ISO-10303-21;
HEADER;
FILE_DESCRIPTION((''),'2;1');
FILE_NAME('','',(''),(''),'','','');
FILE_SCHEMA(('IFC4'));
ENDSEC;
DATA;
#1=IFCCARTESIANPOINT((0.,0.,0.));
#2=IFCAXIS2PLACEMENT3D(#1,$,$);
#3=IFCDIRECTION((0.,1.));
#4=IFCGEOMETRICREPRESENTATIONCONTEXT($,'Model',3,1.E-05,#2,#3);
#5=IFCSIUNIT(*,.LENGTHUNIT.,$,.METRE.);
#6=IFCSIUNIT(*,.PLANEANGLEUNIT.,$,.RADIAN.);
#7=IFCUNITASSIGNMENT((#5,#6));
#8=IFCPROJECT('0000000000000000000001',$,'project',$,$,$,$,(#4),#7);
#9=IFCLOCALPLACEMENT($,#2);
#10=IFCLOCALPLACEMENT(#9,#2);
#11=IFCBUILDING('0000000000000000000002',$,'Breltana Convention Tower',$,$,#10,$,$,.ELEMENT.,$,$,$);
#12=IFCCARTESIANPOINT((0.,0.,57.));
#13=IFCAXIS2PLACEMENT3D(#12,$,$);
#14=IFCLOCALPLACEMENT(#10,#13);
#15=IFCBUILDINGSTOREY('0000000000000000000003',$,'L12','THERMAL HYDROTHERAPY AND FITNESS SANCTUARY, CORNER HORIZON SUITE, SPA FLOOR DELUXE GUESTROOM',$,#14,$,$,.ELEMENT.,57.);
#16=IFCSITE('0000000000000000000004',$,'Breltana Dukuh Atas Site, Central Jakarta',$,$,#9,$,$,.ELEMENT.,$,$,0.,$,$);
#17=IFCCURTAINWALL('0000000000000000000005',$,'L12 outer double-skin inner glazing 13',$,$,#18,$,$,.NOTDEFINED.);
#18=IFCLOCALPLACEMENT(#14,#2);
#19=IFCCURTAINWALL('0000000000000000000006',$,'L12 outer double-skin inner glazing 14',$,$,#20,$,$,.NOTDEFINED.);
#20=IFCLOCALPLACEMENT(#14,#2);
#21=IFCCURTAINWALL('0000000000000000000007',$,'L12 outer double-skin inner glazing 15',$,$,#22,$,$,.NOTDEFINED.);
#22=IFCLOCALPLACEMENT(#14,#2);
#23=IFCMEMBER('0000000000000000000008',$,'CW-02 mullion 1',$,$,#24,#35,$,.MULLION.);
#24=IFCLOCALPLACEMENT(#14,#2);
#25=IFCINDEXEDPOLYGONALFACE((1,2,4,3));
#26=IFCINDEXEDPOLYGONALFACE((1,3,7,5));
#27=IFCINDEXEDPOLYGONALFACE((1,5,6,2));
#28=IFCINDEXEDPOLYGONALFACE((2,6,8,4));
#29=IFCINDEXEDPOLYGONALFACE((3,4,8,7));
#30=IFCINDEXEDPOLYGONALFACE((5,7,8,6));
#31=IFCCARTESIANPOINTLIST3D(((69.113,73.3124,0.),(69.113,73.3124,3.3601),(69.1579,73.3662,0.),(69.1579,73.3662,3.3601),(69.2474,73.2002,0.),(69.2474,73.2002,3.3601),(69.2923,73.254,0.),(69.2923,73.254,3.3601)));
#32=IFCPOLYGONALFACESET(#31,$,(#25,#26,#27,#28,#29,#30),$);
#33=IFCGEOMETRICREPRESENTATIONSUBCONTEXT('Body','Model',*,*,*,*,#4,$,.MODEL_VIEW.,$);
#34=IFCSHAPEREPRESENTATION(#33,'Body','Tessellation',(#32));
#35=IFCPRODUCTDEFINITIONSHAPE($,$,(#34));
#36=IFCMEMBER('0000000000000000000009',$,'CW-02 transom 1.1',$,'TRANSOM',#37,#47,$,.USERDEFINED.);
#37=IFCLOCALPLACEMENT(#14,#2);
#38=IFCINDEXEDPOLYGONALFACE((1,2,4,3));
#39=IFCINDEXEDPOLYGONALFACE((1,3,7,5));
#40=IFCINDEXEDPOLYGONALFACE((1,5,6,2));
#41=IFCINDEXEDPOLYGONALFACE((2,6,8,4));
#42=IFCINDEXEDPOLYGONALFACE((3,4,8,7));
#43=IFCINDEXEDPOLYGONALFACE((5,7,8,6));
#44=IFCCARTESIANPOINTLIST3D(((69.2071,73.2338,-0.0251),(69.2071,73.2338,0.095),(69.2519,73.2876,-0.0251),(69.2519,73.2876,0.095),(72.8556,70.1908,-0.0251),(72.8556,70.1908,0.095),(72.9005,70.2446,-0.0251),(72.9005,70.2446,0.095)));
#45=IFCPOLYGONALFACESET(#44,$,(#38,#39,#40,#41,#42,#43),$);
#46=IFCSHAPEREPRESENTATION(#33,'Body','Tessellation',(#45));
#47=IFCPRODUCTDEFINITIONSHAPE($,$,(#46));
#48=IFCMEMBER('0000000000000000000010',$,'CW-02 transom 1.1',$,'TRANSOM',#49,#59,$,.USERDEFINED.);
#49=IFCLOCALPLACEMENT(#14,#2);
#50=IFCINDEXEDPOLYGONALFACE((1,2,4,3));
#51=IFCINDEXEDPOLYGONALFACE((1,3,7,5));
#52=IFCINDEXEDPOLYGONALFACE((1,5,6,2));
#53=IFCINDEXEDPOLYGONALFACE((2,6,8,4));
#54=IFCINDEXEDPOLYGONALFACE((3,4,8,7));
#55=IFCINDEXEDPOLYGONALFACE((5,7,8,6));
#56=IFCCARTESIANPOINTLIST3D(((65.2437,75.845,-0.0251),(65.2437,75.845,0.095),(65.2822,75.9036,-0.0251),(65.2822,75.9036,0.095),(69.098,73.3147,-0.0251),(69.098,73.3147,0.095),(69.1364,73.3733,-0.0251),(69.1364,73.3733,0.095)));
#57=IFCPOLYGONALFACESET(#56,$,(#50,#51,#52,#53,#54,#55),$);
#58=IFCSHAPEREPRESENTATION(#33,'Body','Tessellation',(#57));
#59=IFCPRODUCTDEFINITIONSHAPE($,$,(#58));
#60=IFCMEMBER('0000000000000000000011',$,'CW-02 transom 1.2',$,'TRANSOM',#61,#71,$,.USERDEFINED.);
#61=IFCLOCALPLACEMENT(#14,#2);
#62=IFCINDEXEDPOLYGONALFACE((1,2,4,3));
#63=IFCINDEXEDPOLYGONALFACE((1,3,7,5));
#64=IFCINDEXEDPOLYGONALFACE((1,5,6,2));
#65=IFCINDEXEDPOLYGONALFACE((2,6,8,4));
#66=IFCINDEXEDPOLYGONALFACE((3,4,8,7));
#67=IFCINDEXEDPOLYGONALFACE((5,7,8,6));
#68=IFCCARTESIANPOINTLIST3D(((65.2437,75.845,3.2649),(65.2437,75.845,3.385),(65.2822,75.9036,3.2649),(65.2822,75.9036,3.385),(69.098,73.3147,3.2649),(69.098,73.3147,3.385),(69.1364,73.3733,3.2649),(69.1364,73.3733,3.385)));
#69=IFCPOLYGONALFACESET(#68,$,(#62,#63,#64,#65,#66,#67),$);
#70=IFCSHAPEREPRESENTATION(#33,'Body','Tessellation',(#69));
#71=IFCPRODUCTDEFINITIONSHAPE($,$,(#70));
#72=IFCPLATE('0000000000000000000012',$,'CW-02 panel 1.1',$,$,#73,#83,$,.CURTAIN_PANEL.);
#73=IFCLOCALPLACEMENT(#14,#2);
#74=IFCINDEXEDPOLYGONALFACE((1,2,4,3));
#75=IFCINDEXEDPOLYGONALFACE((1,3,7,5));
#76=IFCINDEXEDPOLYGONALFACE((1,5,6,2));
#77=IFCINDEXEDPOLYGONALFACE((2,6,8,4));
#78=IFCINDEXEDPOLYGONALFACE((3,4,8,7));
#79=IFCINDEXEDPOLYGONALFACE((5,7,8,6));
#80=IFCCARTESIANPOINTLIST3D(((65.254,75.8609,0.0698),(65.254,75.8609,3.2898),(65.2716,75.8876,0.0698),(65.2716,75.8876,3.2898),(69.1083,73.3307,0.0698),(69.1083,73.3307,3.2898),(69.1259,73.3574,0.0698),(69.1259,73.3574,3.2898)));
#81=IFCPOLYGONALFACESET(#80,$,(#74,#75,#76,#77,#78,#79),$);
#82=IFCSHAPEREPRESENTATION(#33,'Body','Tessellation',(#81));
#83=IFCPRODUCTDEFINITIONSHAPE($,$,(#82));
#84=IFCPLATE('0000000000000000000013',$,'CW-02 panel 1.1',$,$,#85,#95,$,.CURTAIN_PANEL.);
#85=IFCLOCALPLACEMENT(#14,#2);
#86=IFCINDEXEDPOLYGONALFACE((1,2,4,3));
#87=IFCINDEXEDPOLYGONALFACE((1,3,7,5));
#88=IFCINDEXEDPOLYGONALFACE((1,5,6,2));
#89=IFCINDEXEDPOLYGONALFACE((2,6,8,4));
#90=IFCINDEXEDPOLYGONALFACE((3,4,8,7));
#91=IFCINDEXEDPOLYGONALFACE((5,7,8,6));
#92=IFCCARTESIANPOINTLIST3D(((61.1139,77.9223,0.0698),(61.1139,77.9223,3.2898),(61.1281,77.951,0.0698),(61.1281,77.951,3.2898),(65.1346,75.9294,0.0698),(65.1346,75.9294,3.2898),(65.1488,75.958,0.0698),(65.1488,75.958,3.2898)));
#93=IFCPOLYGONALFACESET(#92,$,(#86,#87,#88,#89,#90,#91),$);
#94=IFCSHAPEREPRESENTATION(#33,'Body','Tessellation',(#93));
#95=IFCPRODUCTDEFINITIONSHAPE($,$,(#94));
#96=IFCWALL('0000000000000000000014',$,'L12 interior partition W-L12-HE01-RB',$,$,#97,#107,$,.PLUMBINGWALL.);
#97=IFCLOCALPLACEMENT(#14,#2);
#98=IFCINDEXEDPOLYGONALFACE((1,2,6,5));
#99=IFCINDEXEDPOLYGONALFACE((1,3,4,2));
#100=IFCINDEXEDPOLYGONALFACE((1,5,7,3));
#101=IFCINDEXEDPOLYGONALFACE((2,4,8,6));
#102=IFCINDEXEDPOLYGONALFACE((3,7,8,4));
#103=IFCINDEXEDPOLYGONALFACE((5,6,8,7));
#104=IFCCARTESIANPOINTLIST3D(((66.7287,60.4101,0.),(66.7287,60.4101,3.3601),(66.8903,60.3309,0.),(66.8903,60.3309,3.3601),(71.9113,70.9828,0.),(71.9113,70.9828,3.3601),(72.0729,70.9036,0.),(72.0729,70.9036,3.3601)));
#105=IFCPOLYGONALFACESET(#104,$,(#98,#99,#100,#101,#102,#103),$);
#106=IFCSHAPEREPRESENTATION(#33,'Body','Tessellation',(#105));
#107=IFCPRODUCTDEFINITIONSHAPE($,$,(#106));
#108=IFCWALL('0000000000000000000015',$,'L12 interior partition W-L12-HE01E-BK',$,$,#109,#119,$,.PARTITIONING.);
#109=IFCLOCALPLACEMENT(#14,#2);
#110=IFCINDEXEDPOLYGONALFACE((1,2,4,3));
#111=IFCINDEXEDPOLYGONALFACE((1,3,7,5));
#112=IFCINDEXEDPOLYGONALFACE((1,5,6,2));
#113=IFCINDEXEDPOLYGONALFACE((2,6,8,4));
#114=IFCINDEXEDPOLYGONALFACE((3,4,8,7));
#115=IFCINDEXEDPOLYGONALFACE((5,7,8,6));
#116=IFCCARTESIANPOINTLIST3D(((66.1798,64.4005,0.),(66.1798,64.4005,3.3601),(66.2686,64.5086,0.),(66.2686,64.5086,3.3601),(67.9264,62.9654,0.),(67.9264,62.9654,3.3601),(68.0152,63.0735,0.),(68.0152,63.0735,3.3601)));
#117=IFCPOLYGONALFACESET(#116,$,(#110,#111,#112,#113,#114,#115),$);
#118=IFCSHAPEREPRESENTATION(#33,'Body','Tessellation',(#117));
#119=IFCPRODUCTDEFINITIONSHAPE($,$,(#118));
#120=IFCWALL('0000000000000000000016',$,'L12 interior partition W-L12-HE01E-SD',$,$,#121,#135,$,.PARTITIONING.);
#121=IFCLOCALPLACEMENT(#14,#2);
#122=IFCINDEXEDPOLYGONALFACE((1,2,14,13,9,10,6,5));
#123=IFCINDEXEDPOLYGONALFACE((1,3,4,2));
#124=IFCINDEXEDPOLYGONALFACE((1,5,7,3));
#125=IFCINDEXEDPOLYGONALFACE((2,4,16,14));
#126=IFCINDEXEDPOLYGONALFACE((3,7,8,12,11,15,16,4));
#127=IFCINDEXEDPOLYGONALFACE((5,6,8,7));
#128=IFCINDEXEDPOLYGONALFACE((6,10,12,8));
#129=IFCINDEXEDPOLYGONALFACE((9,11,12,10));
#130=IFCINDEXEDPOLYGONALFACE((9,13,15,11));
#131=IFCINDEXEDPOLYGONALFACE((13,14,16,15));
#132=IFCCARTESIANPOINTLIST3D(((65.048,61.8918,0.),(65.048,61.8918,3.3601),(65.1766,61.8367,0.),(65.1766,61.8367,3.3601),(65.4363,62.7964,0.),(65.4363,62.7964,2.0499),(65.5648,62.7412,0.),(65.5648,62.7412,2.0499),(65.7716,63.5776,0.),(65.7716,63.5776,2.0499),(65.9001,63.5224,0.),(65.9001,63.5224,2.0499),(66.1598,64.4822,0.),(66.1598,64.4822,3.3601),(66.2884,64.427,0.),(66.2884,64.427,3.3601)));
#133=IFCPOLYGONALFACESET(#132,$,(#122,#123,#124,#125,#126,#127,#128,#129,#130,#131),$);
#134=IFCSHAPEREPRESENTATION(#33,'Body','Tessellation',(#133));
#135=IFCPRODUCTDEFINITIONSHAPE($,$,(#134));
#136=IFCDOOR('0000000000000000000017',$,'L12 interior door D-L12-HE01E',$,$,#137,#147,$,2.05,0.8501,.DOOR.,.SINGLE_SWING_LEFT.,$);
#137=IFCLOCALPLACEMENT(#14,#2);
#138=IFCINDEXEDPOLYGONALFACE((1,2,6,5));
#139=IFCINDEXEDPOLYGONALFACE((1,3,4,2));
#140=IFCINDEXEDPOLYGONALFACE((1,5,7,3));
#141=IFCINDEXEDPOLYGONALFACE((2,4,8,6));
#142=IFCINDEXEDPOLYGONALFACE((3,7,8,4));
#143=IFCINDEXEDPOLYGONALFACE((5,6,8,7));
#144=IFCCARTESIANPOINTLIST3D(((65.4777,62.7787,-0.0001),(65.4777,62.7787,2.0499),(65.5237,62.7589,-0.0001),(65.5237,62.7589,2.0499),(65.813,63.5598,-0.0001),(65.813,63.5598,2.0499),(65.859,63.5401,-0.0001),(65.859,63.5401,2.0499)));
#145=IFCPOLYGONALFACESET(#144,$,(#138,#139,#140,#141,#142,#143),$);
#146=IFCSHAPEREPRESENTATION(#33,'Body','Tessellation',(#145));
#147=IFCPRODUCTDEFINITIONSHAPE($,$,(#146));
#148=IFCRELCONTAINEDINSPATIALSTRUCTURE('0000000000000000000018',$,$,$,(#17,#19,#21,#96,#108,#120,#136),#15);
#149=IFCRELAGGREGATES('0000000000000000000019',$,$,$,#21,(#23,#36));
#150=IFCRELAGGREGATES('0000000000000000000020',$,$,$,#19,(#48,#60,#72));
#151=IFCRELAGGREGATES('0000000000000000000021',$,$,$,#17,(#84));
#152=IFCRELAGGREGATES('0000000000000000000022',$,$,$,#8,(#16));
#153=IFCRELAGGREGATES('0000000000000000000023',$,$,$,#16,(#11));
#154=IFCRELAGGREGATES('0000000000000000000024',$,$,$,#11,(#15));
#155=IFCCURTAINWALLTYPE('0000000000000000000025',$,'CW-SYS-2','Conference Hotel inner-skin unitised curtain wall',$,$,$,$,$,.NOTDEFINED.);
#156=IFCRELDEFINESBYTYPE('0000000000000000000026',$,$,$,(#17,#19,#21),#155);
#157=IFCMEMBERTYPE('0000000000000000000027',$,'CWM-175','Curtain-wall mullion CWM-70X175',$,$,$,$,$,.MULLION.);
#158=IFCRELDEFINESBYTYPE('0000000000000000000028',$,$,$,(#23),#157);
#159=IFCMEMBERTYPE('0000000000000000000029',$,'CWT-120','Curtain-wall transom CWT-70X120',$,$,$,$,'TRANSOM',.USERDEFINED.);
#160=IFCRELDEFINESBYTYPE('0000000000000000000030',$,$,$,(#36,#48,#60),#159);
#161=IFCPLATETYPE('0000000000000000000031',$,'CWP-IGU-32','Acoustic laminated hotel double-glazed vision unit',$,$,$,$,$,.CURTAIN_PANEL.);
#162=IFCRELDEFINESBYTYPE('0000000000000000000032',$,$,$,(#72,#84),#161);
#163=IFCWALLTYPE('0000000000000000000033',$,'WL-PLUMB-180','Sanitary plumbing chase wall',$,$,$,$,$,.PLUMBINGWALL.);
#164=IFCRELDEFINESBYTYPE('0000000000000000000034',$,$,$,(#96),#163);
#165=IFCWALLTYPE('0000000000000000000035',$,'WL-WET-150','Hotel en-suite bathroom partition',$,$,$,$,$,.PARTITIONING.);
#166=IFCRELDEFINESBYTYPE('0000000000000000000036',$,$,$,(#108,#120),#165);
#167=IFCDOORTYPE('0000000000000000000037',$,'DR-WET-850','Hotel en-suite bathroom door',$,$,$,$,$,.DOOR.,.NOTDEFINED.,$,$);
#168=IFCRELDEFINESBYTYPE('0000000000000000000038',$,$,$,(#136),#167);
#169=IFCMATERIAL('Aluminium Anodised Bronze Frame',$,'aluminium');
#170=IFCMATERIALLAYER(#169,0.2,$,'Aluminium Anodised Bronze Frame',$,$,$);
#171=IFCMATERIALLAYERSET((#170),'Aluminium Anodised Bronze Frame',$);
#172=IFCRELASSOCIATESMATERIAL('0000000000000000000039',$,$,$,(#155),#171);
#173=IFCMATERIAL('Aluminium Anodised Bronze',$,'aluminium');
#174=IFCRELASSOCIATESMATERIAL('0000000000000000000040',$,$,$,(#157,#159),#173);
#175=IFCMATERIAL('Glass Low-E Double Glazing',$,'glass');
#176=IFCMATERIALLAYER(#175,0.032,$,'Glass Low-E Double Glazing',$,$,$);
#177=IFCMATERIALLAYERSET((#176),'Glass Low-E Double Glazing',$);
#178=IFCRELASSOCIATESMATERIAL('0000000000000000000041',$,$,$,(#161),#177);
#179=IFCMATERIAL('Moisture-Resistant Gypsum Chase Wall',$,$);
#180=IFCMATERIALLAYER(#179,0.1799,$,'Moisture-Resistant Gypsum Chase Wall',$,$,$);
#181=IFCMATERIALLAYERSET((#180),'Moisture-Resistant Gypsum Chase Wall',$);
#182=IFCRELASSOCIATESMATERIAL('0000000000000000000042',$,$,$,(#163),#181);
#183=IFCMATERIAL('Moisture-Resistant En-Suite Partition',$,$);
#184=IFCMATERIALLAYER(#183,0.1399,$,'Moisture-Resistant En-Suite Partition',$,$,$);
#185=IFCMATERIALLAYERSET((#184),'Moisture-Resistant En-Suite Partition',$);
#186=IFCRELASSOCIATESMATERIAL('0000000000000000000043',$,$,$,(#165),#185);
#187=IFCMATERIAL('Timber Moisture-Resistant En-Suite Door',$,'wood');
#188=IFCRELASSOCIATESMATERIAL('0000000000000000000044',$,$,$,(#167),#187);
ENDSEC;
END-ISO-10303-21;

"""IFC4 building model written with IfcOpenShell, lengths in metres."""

from ifc_helpers import new_model, si_unit, direction, frame, frame_2d, origin, origin_2d, place, context, subcontext, project, spatial, rectangle, extrude, source, transform, mapped, material, layer, layer_set, material_profile, profile_set, type_object, type_shapes, element, fill, aggregate, save


model = new_model("IFC4")

# Units and contexts
model_context = context("Model", 3, precision=1e-05, world=origin(), true_north=direction((0.0, 1.0)))
body_context = subcontext(model_context, "Body", "Model", "MODEL_VIEW")
ifc_project = project(units=[si_unit("LENGTHUNIT", "METRE"), si_unit("PLANEANGLEUNIT", "RADIAN")], contexts=[model_context])

# Site, building, storey
site_placement = place(None, origin())
site = spatial("IfcSite", under=ifc_project, at=site_placement, Name="Breltana Dukuh Atas Site, Central Jakarta", CompositionType="ELEMENT", RefElevation=0.0)
building_placement = place(site_placement, origin())
building = spatial("IfcBuilding", under=site, at=building_placement, Name="Breltana Convention Tower", CompositionType="ELEMENT")
storey_placement = place(building_placement, frame((0.0, 0.0, 57.0)))
storey = spatial("IfcBuildingStorey", under=building, at=storey_placement, Name="L12", Description="THERMAL HYDROTHERAPY AND FITNESS SANCTUARY, CORNER HORIZON SUITE, SPA FLOOR DELUXE GUESTROOM", CompositionType="ELEMENT", Elevation=57.0)

# Curtain wall
ifc_material_1 = material(Name="Aluminium Anodised Bronze Frame", Category="aluminium")
ifc_layer_1 = layer(ifc_material_1, 0.2, Name="Aluminium Anodised Bronze Frame")
ifc_layer_set_1 = layer_set([ifc_layer_1], Name="Aluminium Anodised Bronze Frame")
curtain_wall_type = type_object("IfcCurtainWallType", Name="CW-SYS-2", Description="Conference Hotel inner-skin unitised curtain wall", PredefinedType="NOTDEFINED", material=ifc_layer_set_1)
curtain_wall_1_placement = place(storey_placement, origin())
curtain_wall_1 = element("IfcCurtainWall", 1, at=curtain_wall_1_placement, inside=storey, type_object=curtain_wall_type, Name="L12 outer double-skin inner glazing 13", PredefinedType="NOTDEFINED")
ifc_material_2 = material(Name="Aluminium Anodised Bronze", Category="aluminium")
ifc_material_profile_1 = material_profile(ifc_material_2, rectangle(XDim=0.0701, YDim=0.175, at=origin_2d()), Name="CWM-70X175")
ifc_profile_set_1 = profile_set([ifc_material_profile_1], Name="Aluminium Anodised Bronze")
member_type_1 = type_object("IfcMemberType", Name="CWM-175", Description="Curtain-wall mullion CWM-70X175", PredefinedType="MULLION", material=ifc_profile_set_1)
shared_shape_1 = source(origin(), body_context, "Body", "SweptSolid", [
    extrude(rectangle(XDim=0.0701, YDim=0.175, at=origin_2d()), origin(), (0.0, 0.0, 1.0), 3.3601),
])
type_shapes(member_type_1, [shared_shape_1])

# Curtain walls, members
curtain_wall_2_placement = place(storey_placement, origin())
curtain_wall_2 = element("IfcCurtainWall", 2, at=curtain_wall_2_placement, inside=storey, type_object=curtain_wall_type, Name="L12 outer double-skin inner glazing 14", PredefinedType="NOTDEFINED")
curtain_wall_3_placement = place(storey_placement, origin())
curtain_wall_3 = element("IfcCurtainWall", 3, at=curtain_wall_3_placement, inside=storey, type_object=curtain_wall_type, Name="L12 outer double-skin inner glazing 15", PredefinedType="NOTDEFINED")
member_1_placement = place(storey_placement, frame((69.2026, 73.2832, 0.0), z_axis=(0.0, 0.0, 1.0), x_axis=(0.64052, 0.767941, 0.0)))
member_1 = element("IfcMember", 4, at=member_1_placement, type_object=member_type_1, Name="CW-02 mullion 1", PredefinedType="MULLION", context=body_context, shape_type="MappedRepresentation", body=[
    mapped(shared_shape_1, transform((0.0, 0.0, 0.0), scale=1.0)),
])
ifc_material_profile_2 = material_profile(ifc_material_2, rectangle(XDim=0.0701, YDim=0.1201, at=origin_2d()), Name="CWT-70X120")
ifc_profile_set_2 = profile_set([ifc_material_profile_2], Name="Aluminium Anodised Bronze")
member_type_2 = type_object("IfcMemberType", Name="CWT-120", Description="Curtain-wall transom CWT-70X120", ElementType="TRANSOM", PredefinedType="USERDEFINED", material=ifc_profile_set_2)
shared_shape_2 = source(origin(), body_context, "Body", "SweptSolid", [
    extrude(rectangle(XDim=0.0701, YDim=0.1201, at=origin_2d()), origin(), (0.0, 0.0, 1.0), 4.751),
])
member_2_placement = place(storey_placement, frame((69.2295, 73.2607, 0.0349), z_axis=(0.767952, -0.640508, 0.0), x_axis=(0.640508, 0.767952, 0.0)))
member_2 = element("IfcMember", 5, at=member_2_placement, type_object=member_type_2, Name="CW-02 transom 1.1", ObjectType="TRANSOM", PredefinedType="USERDEFINED", context=body_context, shape_type="MappedRepresentation", body=[
    mapped(shared_shape_2, transform((0.0, 0.0, 0.0), scale=1.0)),
])
aggregate(curtain_wall_3, [member_1, member_2])

# Members
shared_shape_3 = source(origin(), body_context, "Body", "SweptSolid", [
    extrude(rectangle(XDim=0.0701, YDim=0.1201, at=origin_2d()), origin(), (0.0, 0.0, 1.0), 4.6106),
])
member_3_placement = place(storey_placement, frame((65.2629, 75.8743, 0.0349), z_axis=(0.835956, -0.548796, 0.0), x_axis=(0.548796, 0.835956, 0.0)))
member_3 = element("IfcMember", 6, at=member_3_placement, type_object=member_type_2, Name="CW-02 transom 1.1", ObjectType="TRANSOM", PredefinedType="USERDEFINED", context=body_context, shape_type="MappedRepresentation", body=[
    mapped(shared_shape_3, transform((0.0, 0.0, 0.0), scale=1.0)),
])
member_4_placement = place(storey_placement, frame((65.2629, 75.8743, 3.325), z_axis=(0.835956, -0.548796, 0.0), x_axis=(0.548796, 0.835956, 0.0)))
member_4 = element("IfcMember", 7, at=member_4_placement, type_object=member_type_2, Name="CW-02 transom 1.2", ObjectType="TRANSOM", PredefinedType="USERDEFINED", context=body_context, shape_type="MappedRepresentation", body=[
    mapped(shared_shape_3, transform((0.0, 0.0, 0.0), scale=1.0)),
])

# Plates
ifc_material_3 = material(Name="Glass Low-E Double Glazing", Category="glass")
ifc_layer_2 = layer(ifc_material_3, 0.032, Name="Glass Low-E Double Glazing")
ifc_layer_set_2 = layer_set([ifc_layer_2], Name="Glass Low-E Double Glazing")
plate_type = type_object("IfcPlateType", Name="CWP-IGU-32", Description="Acoustic laminated hotel double-glazed vision unit", PredefinedType="CURTAIN_PANEL", material=ifc_layer_set_2)
shared_shape_4 = source(origin(), body_context, "Body", "SweptSolid", [
    extrude(rectangle(XDim=4.6106, YDim=0.032, at=origin_2d()), origin(), (0.0, 0.0, 1.0), 3.22),
])
plate_1_placement = place(storey_placement, frame((67.1899, 74.6091, 0.0698), z_axis=(0.0, 0.0, 1.0), x_axis=(0.835964, -0.548784, 0.0)))
plate_1 = element("IfcPlate", 8, at=plate_1_placement, type_object=plate_type, Name="CW-02 panel 1.1", PredefinedType="CURTAIN_PANEL", context=body_context, shape_type="MappedRepresentation", body=[
    mapped(shared_shape_4, transform((0.0, 0.0, 0.0), scale=1.0)),
])
aggregate(curtain_wall_2, [member_3, member_4, plate_1])
shared_shape_5 = source(origin(), body_context, "Body", "SweptSolid", [
    extrude(rectangle(XDim=4.4875, YDim=0.032, at=origin_2d()), origin(), (0.0, 0.0, 1.0), 3.22),
])
plate_2_placement = place(storey_placement, frame((63.1313, 76.9402, 0.0698), z_axis=(0.0, 0.0, 1.0), x_axis=(0.895973, -0.444108, 0.0)))
plate_2 = element("IfcPlate", 9, at=plate_2_placement, type_object=plate_type, Name="CW-02 panel 1.1", PredefinedType="CURTAIN_PANEL", context=body_context, shape_type="MappedRepresentation", body=[
    mapped(shared_shape_5, transform((0.0, 0.0, 0.0), scale=1.0)),
])
aggregate(curtain_wall_1, [plate_2])

# Walls
ifc_material_4 = material(Name="Moisture-Resistant Gypsum Chase Wall")
ifc_layer_3 = layer(ifc_material_4, 0.1799, Name="Moisture-Resistant Gypsum Chase Wall")
ifc_layer_set_3 = layer_set([ifc_layer_3], Name="Moisture-Resistant Gypsum Chase Wall")
wall_type_1 = type_object("IfcWallType", Name="WL-PLUMB-180", Description="Sanitary plumbing chase wall", PredefinedType="PLUMBINGWALL", material=ifc_layer_set_3)
shared_shape_6 = source(origin(), body_context, "Body", "SweptSolid", [
    extrude(rectangle(XDim=11.7747, YDim=0.1799, at=frame_2d((5.8872, 0.0))), origin(), (0.0, 0.0, 1.0), 3.3601),
])
wall_1_placement = place(storey_placement, frame((66.8096, 60.3706, 0.0), z_axis=(0.0, 0.0, 1.0), x_axis=(0.44015, 0.897924, 0.0)))
element("IfcWall", 10, at=wall_1_placement, inside=storey, type_object=wall_type_1, Name="L12 interior partition W-L12-HE01-RB", PredefinedType="PLUMBINGWALL", context=body_context, shape_type="MappedRepresentation", body=[
    mapped(shared_shape_6, transform((0.0, 0.0, 0.0), scale=1.0)),
])
ifc_material_5 = material(Name="Moisture-Resistant En-Suite Partition")
ifc_layer_4 = layer(ifc_material_5, 0.1399, Name="Moisture-Resistant En-Suite Partition")
ifc_layer_set_4 = layer_set([ifc_layer_4], Name="Moisture-Resistant En-Suite Partition")
wall_type_2 = type_object("IfcWallType", Name="WL-WET-150", Description="Hotel en-suite bathroom partition", PredefinedType="PARTITIONING", material=ifc_layer_set_4)
shared_shape_7 = source(origin(), body_context, "Body", "SweptSolid", [
    extrude(rectangle(XDim=2.2605, YDim=0.1399, at=frame_2d((1.1304, 0.0))), origin(), (0.0, 0.0, 1.0), 3.3601),
])
wall_2_placement = place(storey_placement, frame((66.2241, 64.4546, 0.0), z_axis=(0.0, 0.0, 1.0), x_axis=(0.772647, -0.634836, 0.0)))
element("IfcWall", 11, at=wall_2_placement, inside=storey, type_object=wall_type_2, Name="L12 interior partition W-L12-HE01E-BK", PredefinedType="PARTITIONING", context=body_context, shape_type="MappedRepresentation", body=[
    mapped(shared_shape_7, transform((0.0, 0.0, 0.0), scale=1.0)),
])

# Wall, opening, door
shared_shape_8 = source(origin(), body_context, "Body", "SweptSolid", [
    extrude(rectangle(XDim=2.8188, YDim=0.1399, at=frame_2d((1.4094, 0.0))), origin(), (0.0, 0.0, 1.0), 3.3601),
])
wall_3_placement = place(storey_placement, frame((65.1123, 61.8643, 0.0), z_axis=(0.0, 0.0, 1.0), x_axis=(0.394421, 0.91893, 0.0)))
wall_3 = element("IfcWall", 12, at=wall_3_placement, inside=storey, type_object=wall_type_2, Name="L12 interior partition W-L12-HE01E-SD", PredefinedType="PARTITIONING", context=body_context, shape_type="MappedRepresentation", body=[
    mapped(shared_shape_8, transform((0.0, 0.0, 0.0), scale=1.0)),
])
opening_1_placement = place(wall_3_placement, frame((0.9844, 0.0, 0.0)))
opening_1 = element("IfcOpeningElement", 13, at=opening_1_placement, cuts=wall_3, PredefinedType="OPENING", context=body_context, shape_type="SweptSolid", body=[
    extrude(rectangle(XDim=0.8501, YDim=2.05, at=frame_2d((0.425, 1.0249))), frame((0.0, 0.0801, 0.0), z_axis=(0.0, -1.0, 0.0), x_axis=(1.0, 0.0, 0.0)), (0.0, 0.0, 1.0), 0.1599),
])
ifc_material_6 = material(Name="Timber Moisture-Resistant En-Suite Door", Category="wood")
door_type_1 = type_object("IfcDoorType", Name="DR-WET-850", Description="Hotel en-suite bathroom door", OperationType="NOTDEFINED", PredefinedType="DOOR", material=ifc_material_6)
shared_shape_9 = source(origin(), body_context, "Body", "SweptSolid", [
    extrude(rectangle(XDim=0.8501, YDim=2.05, at=frame_2d((0.425, 1.0249))), frame((0.0, 0.0249, 0.0), z_axis=(0.0, -1.0, 0.0), x_axis=(1.0, 0.0, 0.0)), (0.0, 0.0, 1.0), 0.05),
])
type_shapes(door_type_1, [shared_shape_9])
door_1_placement = place(opening_1_placement, origin())
door_1 = element("IfcDoor", 14, at=door_1_placement, inside=storey, type_object=door_type_1, Name="L12 interior door D-L12-HE01E", OperationType="SINGLE_SWING_LEFT", OverallHeight=2.05, OverallWidth=0.8501, PredefinedType="DOOR", context=body_context, shape_type="MappedRepresentation", body=[
    mapped(shared_shape_9, transform((0.0, 0.0, 0.0), scale=1.0)),
])
fill(opening_1, door_1)

save(model, "model.ifc")
